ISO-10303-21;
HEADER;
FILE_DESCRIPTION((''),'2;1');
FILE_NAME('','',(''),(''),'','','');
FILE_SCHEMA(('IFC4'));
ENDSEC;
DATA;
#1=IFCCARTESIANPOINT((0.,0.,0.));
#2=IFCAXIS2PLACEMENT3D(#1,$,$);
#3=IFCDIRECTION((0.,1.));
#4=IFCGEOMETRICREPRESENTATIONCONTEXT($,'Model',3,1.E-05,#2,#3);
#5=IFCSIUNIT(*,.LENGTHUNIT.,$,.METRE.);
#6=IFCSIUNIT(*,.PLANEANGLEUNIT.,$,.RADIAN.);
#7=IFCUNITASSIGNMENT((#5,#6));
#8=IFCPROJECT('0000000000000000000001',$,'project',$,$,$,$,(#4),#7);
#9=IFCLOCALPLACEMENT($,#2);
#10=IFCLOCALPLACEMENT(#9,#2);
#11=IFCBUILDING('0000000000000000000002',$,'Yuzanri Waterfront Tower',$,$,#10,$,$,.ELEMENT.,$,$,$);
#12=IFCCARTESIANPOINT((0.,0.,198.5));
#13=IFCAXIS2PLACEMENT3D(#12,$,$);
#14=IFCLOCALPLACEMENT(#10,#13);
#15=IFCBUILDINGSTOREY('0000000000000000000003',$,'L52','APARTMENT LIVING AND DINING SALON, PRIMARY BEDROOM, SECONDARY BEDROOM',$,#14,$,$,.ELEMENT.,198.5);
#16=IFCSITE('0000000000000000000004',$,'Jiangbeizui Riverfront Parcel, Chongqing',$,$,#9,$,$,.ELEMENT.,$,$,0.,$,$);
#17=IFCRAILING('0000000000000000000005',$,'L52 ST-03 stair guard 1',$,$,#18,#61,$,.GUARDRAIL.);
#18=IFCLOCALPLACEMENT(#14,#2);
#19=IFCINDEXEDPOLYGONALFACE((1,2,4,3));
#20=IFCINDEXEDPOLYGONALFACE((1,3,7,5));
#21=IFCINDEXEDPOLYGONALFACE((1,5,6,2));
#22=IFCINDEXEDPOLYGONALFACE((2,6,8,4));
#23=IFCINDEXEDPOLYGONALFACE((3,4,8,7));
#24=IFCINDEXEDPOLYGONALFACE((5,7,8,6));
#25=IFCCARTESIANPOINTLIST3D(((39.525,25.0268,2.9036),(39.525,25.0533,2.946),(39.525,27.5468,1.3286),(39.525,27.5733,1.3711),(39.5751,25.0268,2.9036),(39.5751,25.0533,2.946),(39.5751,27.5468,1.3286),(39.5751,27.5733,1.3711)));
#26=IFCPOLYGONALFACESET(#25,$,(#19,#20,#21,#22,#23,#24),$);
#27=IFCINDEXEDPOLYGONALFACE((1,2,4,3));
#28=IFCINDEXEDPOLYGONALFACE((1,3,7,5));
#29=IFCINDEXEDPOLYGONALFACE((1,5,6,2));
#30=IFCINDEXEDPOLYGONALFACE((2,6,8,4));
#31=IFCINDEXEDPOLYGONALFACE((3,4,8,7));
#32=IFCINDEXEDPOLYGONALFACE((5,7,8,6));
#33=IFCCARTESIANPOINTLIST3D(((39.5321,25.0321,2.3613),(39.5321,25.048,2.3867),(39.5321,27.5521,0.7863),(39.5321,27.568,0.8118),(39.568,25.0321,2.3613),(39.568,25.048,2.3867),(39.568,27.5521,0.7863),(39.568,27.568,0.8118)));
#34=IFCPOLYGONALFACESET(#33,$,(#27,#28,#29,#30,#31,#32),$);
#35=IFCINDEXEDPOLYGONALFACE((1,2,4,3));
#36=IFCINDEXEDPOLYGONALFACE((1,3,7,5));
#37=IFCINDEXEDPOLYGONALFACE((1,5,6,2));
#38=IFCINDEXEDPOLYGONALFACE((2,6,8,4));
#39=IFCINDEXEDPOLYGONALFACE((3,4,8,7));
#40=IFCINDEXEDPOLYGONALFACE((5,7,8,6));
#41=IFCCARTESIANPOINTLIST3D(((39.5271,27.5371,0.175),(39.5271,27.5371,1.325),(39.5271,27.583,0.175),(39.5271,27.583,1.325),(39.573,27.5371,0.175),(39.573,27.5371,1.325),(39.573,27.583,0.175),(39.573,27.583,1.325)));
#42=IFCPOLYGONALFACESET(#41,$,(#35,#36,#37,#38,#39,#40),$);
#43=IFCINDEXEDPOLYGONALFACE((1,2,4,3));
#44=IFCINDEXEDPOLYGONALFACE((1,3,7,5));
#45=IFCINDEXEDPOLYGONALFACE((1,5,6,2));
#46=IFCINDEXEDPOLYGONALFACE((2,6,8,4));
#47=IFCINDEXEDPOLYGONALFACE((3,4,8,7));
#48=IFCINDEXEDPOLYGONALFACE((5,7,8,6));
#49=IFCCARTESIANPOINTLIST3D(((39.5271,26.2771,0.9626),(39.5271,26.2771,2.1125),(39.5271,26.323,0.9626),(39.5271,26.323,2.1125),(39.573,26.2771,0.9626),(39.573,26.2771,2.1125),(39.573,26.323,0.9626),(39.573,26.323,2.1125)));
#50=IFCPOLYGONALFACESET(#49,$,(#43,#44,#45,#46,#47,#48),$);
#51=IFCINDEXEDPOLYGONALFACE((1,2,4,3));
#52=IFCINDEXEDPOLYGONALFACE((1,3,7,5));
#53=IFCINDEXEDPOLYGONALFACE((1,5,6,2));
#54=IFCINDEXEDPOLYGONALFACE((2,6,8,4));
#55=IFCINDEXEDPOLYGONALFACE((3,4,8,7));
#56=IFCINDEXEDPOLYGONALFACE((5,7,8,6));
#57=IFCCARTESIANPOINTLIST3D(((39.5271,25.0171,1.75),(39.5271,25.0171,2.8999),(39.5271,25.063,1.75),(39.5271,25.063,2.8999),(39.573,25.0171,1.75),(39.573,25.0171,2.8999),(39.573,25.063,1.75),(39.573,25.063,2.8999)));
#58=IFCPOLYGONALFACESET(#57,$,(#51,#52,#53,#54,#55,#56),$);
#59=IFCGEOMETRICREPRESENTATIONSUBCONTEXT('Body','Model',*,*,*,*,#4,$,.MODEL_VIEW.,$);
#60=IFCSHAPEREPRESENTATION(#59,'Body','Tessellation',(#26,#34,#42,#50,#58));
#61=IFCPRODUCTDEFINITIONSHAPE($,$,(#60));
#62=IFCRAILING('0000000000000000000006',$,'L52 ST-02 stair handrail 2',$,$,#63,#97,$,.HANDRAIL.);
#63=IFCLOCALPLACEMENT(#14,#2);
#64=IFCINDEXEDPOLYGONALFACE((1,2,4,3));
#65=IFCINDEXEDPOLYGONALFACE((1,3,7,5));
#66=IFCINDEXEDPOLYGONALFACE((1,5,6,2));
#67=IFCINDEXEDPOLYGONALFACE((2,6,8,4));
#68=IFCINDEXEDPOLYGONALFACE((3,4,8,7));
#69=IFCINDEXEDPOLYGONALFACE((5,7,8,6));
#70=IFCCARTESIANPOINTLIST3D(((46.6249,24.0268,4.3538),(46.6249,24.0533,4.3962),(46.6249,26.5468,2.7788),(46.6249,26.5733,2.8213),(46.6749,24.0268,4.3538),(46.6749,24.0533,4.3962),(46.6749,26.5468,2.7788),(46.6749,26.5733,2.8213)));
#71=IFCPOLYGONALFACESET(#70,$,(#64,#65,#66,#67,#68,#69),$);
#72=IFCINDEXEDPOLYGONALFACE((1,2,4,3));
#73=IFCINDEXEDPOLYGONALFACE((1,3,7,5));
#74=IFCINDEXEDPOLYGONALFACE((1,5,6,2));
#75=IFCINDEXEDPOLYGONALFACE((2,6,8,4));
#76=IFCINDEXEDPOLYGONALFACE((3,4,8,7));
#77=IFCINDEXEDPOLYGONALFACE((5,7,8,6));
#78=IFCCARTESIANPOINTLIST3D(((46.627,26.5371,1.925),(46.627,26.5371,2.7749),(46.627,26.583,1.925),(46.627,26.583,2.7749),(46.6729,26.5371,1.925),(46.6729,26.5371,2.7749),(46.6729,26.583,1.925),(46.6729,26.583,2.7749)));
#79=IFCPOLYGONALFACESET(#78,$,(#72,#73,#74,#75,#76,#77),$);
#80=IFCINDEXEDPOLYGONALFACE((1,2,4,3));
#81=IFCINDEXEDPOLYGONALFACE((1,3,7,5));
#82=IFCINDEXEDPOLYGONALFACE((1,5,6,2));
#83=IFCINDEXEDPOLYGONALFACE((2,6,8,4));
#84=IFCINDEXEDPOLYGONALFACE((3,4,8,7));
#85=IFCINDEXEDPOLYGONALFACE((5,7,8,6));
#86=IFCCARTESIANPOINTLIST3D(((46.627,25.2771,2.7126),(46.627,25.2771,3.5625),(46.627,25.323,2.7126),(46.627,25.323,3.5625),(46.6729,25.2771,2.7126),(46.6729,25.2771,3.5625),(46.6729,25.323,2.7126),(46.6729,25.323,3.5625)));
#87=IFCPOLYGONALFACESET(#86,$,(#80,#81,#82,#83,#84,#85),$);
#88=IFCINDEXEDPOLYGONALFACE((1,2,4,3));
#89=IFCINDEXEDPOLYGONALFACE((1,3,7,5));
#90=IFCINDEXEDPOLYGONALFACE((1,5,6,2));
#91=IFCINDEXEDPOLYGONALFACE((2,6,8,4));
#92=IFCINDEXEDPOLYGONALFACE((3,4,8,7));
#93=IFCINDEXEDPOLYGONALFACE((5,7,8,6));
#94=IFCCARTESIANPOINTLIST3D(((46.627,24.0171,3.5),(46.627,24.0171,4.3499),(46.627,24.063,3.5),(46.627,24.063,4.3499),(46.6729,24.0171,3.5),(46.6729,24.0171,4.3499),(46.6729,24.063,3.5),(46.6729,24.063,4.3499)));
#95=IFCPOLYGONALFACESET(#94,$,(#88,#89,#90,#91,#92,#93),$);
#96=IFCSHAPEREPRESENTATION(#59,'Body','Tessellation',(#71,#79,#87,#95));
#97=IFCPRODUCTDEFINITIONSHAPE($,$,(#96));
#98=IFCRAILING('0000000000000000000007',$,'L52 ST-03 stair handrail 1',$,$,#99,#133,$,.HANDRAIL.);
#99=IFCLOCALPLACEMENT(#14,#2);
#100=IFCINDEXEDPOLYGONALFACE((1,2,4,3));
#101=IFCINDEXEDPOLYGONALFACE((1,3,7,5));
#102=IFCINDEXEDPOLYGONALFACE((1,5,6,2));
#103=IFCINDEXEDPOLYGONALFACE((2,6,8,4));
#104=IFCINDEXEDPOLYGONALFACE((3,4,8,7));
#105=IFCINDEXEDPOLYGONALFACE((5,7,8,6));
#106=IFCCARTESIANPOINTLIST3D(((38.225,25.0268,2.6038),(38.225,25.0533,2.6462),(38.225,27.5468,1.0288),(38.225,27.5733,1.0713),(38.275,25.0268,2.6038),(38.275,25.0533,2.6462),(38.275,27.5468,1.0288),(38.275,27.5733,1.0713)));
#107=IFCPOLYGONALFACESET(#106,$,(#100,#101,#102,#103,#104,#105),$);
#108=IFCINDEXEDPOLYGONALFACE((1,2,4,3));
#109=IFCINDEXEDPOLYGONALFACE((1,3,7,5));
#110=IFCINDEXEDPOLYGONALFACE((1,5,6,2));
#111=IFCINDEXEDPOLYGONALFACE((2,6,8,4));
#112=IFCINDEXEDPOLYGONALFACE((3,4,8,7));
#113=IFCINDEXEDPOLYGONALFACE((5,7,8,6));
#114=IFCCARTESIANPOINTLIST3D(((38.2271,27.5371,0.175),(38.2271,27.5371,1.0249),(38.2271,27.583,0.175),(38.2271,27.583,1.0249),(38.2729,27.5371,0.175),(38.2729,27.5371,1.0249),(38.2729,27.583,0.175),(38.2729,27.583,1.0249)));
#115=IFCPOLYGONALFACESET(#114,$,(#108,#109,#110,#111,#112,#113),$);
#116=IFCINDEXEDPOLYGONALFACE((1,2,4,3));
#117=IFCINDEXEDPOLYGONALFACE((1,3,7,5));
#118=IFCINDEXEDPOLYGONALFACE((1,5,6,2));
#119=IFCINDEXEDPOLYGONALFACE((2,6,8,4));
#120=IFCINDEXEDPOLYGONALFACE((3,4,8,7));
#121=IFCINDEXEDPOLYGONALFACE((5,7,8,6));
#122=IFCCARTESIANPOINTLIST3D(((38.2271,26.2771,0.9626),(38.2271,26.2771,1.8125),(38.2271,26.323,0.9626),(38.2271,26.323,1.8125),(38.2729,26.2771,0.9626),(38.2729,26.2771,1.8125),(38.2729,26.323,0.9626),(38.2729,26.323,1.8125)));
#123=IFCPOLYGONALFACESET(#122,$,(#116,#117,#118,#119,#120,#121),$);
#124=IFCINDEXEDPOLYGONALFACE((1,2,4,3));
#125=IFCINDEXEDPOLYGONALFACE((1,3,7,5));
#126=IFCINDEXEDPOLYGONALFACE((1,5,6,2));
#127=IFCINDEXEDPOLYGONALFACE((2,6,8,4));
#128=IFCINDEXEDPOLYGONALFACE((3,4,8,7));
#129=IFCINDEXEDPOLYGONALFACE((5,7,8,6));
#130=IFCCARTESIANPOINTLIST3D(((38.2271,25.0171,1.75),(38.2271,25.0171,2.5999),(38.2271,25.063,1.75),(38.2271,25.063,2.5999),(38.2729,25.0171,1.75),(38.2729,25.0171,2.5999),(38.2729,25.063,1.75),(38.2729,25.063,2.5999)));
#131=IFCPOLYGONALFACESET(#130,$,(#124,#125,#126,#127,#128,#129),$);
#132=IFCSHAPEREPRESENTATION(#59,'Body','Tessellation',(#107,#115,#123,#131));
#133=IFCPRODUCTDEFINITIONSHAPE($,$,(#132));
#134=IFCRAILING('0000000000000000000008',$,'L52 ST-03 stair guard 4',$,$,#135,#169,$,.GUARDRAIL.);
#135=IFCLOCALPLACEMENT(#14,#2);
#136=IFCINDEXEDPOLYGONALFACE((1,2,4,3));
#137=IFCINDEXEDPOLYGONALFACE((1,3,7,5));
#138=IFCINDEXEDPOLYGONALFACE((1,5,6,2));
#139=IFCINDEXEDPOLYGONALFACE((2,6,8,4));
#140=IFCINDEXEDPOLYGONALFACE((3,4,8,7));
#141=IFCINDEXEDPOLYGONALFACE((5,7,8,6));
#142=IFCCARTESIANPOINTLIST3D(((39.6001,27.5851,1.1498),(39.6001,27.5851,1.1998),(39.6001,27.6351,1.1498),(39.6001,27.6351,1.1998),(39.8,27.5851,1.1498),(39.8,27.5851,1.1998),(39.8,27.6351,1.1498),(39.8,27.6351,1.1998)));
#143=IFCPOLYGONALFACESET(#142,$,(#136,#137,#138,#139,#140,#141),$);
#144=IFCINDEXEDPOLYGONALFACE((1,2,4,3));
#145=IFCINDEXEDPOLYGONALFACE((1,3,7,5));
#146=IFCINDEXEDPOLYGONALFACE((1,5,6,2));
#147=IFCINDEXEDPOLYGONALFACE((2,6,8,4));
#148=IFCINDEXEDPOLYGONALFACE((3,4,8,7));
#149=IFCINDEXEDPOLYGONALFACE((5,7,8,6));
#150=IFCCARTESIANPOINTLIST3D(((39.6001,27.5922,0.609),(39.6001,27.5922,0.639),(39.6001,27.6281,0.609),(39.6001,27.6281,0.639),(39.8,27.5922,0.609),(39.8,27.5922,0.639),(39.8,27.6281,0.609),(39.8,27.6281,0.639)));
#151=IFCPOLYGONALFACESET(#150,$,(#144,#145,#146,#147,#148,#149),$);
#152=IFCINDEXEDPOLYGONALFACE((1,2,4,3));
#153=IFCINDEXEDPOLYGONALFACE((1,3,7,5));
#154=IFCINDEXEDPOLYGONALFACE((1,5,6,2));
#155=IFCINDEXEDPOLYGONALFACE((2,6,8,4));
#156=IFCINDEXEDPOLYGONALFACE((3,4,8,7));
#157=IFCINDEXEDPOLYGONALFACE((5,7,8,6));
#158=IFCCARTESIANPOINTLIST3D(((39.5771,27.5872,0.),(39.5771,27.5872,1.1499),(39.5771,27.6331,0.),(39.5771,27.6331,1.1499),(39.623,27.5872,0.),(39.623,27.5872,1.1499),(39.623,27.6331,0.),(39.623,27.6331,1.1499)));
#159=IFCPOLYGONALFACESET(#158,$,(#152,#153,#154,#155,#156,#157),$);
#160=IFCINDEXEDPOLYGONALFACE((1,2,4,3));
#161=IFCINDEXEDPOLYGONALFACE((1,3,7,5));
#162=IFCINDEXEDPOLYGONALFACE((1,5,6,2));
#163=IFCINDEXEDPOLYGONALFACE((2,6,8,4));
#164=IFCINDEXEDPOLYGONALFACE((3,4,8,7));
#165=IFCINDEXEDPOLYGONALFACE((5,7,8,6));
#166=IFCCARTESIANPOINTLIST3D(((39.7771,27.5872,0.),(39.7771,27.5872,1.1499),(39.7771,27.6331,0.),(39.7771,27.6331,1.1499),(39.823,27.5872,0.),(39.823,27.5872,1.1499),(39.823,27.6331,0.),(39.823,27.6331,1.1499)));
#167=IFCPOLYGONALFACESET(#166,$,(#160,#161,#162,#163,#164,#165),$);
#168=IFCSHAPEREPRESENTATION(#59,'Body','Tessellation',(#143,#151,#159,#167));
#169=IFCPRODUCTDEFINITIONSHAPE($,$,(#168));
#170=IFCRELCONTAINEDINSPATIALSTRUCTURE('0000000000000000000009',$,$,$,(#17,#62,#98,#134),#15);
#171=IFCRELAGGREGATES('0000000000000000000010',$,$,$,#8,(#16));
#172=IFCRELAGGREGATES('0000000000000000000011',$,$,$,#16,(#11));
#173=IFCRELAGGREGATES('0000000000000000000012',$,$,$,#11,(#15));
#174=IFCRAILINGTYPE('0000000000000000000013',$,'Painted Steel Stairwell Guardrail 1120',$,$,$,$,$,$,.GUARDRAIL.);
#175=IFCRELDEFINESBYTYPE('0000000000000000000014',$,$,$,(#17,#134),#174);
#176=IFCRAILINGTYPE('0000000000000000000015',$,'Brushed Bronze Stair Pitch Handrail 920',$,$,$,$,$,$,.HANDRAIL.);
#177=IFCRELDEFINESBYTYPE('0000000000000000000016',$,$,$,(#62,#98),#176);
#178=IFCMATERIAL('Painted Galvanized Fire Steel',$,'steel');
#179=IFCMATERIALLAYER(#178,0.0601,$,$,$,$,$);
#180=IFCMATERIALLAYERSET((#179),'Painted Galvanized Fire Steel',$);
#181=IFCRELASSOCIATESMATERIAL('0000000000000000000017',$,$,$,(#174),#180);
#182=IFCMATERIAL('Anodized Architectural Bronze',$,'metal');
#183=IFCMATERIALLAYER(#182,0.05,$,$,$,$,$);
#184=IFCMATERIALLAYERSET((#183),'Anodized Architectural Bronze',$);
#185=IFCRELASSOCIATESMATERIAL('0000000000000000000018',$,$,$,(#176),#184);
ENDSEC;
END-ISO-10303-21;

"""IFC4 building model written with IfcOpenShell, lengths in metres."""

from ifc_helpers import new_model, si_unit, direction, frame, origin, origin_2d, place, context, subcontext, project, spatial, rectangle, extrude, source, transform, mapped, material, layer, layer_set, type_object, element, save


model = new_model("IFC4")

# Units and contexts
model_context = context("Model", 3, precision=1e-05, world=origin(), true_north=direction((0.0, 1.0)))
body_context = subcontext(model_context, "Body", "Model", "MODEL_VIEW")
ifc_project = project(units=[si_unit("LENGTHUNIT", "METRE"), si_unit("PLANEANGLEUNIT", "RADIAN")], contexts=[model_context])

# Site, building, storey
site_placement = place(None, origin())
site = spatial("IfcSite", under=ifc_project, at=site_placement, Name="Jiangbeizui Riverfront Parcel, Chongqing", CompositionType="ELEMENT", RefElevation=0.0)
building_placement = place(site_placement, origin())
building = spatial("IfcBuilding", under=site, at=building_placement, Name="Yuzanri Waterfront Tower", CompositionType="ELEMENT")
storey_placement = place(building_placement, frame((0.0, 0.0, 198.5)))
storey = spatial("IfcBuildingStorey", under=building, at=storey_placement, Name="L52", Description="APARTMENT LIVING AND DINING SALON, PRIMARY BEDROOM, SECONDARY BEDROOM", CompositionType="ELEMENT", Elevation=198.5)

# Railings
ifc_material_1 = material(Name="Painted Galvanized Fire Steel", Category="steel")
ifc_layer_1 = layer(ifc_material_1, 0.0601)
ifc_layer_set_1 = layer_set([ifc_layer_1], Name="Painted Galvanized Fire Steel")
railing_type_1 = type_object("IfcRailingType", Name="Painted Steel Stairwell Guardrail 1120", PredefinedType="GUARDRAIL", material=ifc_layer_set_1)
shared_shape_1 = source(origin(), body_context, "Body", "SweptSolid", [
    extrude(rectangle(XDim=0.05, YDim=0.05, at=origin_2d()), frame((0.0, 0.0, 1.1748), z_axis=(0.0, -0.848008, 0.529984), x_axis=(1.0, 0.0, 0.0)), (0.0, 0.0, 1.0), 2.9717),
    extrude(rectangle(XDim=0.0359, YDim=0.03, at=origin_2d()), frame((0.0, 0.0, 0.624), z_axis=(0.0, -0.848008, 0.529984), x_axis=(1.0, 0.0, 0.0)), (0.0, 0.0, 1.0), 2.9717),
    extrude(rectangle(XDim=0.0459, YDim=0.0459, at=origin_2d()), origin(), (0.0, 0.0, 1.0), 1.1499),
    extrude(rectangle(XDim=0.0459, YDim=0.0459, at=origin_2d()), frame((0.0, -1.26, 0.7876)), (0.0, 0.0, 1.0), 1.1499),
    extrude(rectangle(XDim=0.0459, YDim=0.0459, at=origin_2d()), frame((0.0, -2.52, 1.575)), (0.0, 0.0, 1.0), 1.1499),
])
for number, where, name in (
    (1, (39.55, 27.5601, 0.175), "L52 ST-03 stair guard 1"),
):
    element("IfcRailing", number, at=place(storey_placement, frame(where)), inside=storey, type_object=railing_type_1, Name=name, PredefinedType="GUARDRAIL", context=body_context, shape_type="MappedRepresentation", body=[
        mapped(shared_shape_1, transform((0.0, 0.0, 0.0), scale=1.0)),
    ])
ifc_material_2 = material(Name="Anodized Architectural Bronze", Category="metal")
ifc_layer_2 = layer(ifc_material_2, 0.05)
ifc_layer_set_2 = layer_set([ifc_layer_2], Name="Anodized Architectural Bronze")
railing_type_2 = type_object("IfcRailingType", Name="Brushed Bronze Stair Pitch Handrail 920", PredefinedType="HANDRAIL", material=ifc_layer_set_2)
shared_shape_2 = source(origin(), body_context, "Body", "SweptSolid", [
    extrude(rectangle(XDim=0.05, YDim=0.05, at=origin_2d()), frame((0.0, 0.0, 0.875), z_axis=(0.0, -0.848008, 0.529984), x_axis=(1.0, 0.0, 0.0)), (0.0, 0.0, 1.0), 2.9717),
    extrude(rectangle(XDim=0.0459, YDim=0.0459, at=origin_2d()), origin(), (0.0, 0.0, 1.0), 0.8499),
    extrude(rectangle(XDim=0.0459, YDim=0.0459, at=origin_2d()), frame((0.0, -1.26, 0.7876)), (0.0, 0.0, 1.0), 0.8499),
    extrude(rectangle(XDim=0.0459, YDim=0.0459, at=origin_2d()), frame((0.0, -2.52, 1.575)), (0.0, 0.0, 1.0), 0.8499),
])
for number, where, name in (
    (2, (46.6499, 26.5601, 1.925), "L52 ST-02 stair handrail 2"),
    (3, (38.25, 27.5601, 0.175), "L52 ST-03 stair handrail 1"),
):
    element("IfcRailing", number, at=place(storey_placement, frame(where)), inside=storey, type_object=railing_type_2, Name=name, PredefinedType="HANDRAIL", context=body_context, shape_type="MappedRepresentation", body=[
        mapped(shared_shape_2, transform((0.0, 0.0, 0.0), scale=1.0)),
    ])
shared_shape_3 = source(origin(), body_context, "Body", "SweptSolid", [
    extrude(rectangle(XDim=0.05, YDim=0.05, at=origin_2d()), frame((0.0, 0.0, 1.1748), z_axis=(1.0, 0.0, 0.0), x_axis=(0.0, 1.0, 0.0)), (0.0, 0.0, 1.0), 0.2),
    extrude(rectangle(XDim=0.0359, YDim=0.03, at=origin_2d()), frame((0.0, 0.0, 0.624), z_axis=(1.0, 0.0, 0.0), x_axis=(0.0, 1.0, 0.0)), (0.0, 0.0, 1.0), 0.2),
    extrude(rectangle(XDim=0.0459, YDim=0.0459, at=origin_2d()), origin(), (0.0, 0.0, 1.0), 1.1499),
    extrude(rectangle(XDim=0.0459, YDim=0.0459, at=origin_2d()), frame((0.2, 0.0, 0.0)), (0.0, 0.0, 1.0), 1.1499),
])
railing_1_placement = place(storey_placement, frame((39.6001, 27.6101, 0.0)))
element("IfcRailing", 4, at=railing_1_placement, inside=storey, type_object=railing_type_1, Name="L52 ST-03 stair guard 4", PredefinedType="GUARDRAIL", context=body_context, shape_type="MappedRepresentation", body=[
    mapped(shared_shape_3, transform((0.0, 0.0, 0.0), scale=1.0)),
])

save(model, "model.ifc")
